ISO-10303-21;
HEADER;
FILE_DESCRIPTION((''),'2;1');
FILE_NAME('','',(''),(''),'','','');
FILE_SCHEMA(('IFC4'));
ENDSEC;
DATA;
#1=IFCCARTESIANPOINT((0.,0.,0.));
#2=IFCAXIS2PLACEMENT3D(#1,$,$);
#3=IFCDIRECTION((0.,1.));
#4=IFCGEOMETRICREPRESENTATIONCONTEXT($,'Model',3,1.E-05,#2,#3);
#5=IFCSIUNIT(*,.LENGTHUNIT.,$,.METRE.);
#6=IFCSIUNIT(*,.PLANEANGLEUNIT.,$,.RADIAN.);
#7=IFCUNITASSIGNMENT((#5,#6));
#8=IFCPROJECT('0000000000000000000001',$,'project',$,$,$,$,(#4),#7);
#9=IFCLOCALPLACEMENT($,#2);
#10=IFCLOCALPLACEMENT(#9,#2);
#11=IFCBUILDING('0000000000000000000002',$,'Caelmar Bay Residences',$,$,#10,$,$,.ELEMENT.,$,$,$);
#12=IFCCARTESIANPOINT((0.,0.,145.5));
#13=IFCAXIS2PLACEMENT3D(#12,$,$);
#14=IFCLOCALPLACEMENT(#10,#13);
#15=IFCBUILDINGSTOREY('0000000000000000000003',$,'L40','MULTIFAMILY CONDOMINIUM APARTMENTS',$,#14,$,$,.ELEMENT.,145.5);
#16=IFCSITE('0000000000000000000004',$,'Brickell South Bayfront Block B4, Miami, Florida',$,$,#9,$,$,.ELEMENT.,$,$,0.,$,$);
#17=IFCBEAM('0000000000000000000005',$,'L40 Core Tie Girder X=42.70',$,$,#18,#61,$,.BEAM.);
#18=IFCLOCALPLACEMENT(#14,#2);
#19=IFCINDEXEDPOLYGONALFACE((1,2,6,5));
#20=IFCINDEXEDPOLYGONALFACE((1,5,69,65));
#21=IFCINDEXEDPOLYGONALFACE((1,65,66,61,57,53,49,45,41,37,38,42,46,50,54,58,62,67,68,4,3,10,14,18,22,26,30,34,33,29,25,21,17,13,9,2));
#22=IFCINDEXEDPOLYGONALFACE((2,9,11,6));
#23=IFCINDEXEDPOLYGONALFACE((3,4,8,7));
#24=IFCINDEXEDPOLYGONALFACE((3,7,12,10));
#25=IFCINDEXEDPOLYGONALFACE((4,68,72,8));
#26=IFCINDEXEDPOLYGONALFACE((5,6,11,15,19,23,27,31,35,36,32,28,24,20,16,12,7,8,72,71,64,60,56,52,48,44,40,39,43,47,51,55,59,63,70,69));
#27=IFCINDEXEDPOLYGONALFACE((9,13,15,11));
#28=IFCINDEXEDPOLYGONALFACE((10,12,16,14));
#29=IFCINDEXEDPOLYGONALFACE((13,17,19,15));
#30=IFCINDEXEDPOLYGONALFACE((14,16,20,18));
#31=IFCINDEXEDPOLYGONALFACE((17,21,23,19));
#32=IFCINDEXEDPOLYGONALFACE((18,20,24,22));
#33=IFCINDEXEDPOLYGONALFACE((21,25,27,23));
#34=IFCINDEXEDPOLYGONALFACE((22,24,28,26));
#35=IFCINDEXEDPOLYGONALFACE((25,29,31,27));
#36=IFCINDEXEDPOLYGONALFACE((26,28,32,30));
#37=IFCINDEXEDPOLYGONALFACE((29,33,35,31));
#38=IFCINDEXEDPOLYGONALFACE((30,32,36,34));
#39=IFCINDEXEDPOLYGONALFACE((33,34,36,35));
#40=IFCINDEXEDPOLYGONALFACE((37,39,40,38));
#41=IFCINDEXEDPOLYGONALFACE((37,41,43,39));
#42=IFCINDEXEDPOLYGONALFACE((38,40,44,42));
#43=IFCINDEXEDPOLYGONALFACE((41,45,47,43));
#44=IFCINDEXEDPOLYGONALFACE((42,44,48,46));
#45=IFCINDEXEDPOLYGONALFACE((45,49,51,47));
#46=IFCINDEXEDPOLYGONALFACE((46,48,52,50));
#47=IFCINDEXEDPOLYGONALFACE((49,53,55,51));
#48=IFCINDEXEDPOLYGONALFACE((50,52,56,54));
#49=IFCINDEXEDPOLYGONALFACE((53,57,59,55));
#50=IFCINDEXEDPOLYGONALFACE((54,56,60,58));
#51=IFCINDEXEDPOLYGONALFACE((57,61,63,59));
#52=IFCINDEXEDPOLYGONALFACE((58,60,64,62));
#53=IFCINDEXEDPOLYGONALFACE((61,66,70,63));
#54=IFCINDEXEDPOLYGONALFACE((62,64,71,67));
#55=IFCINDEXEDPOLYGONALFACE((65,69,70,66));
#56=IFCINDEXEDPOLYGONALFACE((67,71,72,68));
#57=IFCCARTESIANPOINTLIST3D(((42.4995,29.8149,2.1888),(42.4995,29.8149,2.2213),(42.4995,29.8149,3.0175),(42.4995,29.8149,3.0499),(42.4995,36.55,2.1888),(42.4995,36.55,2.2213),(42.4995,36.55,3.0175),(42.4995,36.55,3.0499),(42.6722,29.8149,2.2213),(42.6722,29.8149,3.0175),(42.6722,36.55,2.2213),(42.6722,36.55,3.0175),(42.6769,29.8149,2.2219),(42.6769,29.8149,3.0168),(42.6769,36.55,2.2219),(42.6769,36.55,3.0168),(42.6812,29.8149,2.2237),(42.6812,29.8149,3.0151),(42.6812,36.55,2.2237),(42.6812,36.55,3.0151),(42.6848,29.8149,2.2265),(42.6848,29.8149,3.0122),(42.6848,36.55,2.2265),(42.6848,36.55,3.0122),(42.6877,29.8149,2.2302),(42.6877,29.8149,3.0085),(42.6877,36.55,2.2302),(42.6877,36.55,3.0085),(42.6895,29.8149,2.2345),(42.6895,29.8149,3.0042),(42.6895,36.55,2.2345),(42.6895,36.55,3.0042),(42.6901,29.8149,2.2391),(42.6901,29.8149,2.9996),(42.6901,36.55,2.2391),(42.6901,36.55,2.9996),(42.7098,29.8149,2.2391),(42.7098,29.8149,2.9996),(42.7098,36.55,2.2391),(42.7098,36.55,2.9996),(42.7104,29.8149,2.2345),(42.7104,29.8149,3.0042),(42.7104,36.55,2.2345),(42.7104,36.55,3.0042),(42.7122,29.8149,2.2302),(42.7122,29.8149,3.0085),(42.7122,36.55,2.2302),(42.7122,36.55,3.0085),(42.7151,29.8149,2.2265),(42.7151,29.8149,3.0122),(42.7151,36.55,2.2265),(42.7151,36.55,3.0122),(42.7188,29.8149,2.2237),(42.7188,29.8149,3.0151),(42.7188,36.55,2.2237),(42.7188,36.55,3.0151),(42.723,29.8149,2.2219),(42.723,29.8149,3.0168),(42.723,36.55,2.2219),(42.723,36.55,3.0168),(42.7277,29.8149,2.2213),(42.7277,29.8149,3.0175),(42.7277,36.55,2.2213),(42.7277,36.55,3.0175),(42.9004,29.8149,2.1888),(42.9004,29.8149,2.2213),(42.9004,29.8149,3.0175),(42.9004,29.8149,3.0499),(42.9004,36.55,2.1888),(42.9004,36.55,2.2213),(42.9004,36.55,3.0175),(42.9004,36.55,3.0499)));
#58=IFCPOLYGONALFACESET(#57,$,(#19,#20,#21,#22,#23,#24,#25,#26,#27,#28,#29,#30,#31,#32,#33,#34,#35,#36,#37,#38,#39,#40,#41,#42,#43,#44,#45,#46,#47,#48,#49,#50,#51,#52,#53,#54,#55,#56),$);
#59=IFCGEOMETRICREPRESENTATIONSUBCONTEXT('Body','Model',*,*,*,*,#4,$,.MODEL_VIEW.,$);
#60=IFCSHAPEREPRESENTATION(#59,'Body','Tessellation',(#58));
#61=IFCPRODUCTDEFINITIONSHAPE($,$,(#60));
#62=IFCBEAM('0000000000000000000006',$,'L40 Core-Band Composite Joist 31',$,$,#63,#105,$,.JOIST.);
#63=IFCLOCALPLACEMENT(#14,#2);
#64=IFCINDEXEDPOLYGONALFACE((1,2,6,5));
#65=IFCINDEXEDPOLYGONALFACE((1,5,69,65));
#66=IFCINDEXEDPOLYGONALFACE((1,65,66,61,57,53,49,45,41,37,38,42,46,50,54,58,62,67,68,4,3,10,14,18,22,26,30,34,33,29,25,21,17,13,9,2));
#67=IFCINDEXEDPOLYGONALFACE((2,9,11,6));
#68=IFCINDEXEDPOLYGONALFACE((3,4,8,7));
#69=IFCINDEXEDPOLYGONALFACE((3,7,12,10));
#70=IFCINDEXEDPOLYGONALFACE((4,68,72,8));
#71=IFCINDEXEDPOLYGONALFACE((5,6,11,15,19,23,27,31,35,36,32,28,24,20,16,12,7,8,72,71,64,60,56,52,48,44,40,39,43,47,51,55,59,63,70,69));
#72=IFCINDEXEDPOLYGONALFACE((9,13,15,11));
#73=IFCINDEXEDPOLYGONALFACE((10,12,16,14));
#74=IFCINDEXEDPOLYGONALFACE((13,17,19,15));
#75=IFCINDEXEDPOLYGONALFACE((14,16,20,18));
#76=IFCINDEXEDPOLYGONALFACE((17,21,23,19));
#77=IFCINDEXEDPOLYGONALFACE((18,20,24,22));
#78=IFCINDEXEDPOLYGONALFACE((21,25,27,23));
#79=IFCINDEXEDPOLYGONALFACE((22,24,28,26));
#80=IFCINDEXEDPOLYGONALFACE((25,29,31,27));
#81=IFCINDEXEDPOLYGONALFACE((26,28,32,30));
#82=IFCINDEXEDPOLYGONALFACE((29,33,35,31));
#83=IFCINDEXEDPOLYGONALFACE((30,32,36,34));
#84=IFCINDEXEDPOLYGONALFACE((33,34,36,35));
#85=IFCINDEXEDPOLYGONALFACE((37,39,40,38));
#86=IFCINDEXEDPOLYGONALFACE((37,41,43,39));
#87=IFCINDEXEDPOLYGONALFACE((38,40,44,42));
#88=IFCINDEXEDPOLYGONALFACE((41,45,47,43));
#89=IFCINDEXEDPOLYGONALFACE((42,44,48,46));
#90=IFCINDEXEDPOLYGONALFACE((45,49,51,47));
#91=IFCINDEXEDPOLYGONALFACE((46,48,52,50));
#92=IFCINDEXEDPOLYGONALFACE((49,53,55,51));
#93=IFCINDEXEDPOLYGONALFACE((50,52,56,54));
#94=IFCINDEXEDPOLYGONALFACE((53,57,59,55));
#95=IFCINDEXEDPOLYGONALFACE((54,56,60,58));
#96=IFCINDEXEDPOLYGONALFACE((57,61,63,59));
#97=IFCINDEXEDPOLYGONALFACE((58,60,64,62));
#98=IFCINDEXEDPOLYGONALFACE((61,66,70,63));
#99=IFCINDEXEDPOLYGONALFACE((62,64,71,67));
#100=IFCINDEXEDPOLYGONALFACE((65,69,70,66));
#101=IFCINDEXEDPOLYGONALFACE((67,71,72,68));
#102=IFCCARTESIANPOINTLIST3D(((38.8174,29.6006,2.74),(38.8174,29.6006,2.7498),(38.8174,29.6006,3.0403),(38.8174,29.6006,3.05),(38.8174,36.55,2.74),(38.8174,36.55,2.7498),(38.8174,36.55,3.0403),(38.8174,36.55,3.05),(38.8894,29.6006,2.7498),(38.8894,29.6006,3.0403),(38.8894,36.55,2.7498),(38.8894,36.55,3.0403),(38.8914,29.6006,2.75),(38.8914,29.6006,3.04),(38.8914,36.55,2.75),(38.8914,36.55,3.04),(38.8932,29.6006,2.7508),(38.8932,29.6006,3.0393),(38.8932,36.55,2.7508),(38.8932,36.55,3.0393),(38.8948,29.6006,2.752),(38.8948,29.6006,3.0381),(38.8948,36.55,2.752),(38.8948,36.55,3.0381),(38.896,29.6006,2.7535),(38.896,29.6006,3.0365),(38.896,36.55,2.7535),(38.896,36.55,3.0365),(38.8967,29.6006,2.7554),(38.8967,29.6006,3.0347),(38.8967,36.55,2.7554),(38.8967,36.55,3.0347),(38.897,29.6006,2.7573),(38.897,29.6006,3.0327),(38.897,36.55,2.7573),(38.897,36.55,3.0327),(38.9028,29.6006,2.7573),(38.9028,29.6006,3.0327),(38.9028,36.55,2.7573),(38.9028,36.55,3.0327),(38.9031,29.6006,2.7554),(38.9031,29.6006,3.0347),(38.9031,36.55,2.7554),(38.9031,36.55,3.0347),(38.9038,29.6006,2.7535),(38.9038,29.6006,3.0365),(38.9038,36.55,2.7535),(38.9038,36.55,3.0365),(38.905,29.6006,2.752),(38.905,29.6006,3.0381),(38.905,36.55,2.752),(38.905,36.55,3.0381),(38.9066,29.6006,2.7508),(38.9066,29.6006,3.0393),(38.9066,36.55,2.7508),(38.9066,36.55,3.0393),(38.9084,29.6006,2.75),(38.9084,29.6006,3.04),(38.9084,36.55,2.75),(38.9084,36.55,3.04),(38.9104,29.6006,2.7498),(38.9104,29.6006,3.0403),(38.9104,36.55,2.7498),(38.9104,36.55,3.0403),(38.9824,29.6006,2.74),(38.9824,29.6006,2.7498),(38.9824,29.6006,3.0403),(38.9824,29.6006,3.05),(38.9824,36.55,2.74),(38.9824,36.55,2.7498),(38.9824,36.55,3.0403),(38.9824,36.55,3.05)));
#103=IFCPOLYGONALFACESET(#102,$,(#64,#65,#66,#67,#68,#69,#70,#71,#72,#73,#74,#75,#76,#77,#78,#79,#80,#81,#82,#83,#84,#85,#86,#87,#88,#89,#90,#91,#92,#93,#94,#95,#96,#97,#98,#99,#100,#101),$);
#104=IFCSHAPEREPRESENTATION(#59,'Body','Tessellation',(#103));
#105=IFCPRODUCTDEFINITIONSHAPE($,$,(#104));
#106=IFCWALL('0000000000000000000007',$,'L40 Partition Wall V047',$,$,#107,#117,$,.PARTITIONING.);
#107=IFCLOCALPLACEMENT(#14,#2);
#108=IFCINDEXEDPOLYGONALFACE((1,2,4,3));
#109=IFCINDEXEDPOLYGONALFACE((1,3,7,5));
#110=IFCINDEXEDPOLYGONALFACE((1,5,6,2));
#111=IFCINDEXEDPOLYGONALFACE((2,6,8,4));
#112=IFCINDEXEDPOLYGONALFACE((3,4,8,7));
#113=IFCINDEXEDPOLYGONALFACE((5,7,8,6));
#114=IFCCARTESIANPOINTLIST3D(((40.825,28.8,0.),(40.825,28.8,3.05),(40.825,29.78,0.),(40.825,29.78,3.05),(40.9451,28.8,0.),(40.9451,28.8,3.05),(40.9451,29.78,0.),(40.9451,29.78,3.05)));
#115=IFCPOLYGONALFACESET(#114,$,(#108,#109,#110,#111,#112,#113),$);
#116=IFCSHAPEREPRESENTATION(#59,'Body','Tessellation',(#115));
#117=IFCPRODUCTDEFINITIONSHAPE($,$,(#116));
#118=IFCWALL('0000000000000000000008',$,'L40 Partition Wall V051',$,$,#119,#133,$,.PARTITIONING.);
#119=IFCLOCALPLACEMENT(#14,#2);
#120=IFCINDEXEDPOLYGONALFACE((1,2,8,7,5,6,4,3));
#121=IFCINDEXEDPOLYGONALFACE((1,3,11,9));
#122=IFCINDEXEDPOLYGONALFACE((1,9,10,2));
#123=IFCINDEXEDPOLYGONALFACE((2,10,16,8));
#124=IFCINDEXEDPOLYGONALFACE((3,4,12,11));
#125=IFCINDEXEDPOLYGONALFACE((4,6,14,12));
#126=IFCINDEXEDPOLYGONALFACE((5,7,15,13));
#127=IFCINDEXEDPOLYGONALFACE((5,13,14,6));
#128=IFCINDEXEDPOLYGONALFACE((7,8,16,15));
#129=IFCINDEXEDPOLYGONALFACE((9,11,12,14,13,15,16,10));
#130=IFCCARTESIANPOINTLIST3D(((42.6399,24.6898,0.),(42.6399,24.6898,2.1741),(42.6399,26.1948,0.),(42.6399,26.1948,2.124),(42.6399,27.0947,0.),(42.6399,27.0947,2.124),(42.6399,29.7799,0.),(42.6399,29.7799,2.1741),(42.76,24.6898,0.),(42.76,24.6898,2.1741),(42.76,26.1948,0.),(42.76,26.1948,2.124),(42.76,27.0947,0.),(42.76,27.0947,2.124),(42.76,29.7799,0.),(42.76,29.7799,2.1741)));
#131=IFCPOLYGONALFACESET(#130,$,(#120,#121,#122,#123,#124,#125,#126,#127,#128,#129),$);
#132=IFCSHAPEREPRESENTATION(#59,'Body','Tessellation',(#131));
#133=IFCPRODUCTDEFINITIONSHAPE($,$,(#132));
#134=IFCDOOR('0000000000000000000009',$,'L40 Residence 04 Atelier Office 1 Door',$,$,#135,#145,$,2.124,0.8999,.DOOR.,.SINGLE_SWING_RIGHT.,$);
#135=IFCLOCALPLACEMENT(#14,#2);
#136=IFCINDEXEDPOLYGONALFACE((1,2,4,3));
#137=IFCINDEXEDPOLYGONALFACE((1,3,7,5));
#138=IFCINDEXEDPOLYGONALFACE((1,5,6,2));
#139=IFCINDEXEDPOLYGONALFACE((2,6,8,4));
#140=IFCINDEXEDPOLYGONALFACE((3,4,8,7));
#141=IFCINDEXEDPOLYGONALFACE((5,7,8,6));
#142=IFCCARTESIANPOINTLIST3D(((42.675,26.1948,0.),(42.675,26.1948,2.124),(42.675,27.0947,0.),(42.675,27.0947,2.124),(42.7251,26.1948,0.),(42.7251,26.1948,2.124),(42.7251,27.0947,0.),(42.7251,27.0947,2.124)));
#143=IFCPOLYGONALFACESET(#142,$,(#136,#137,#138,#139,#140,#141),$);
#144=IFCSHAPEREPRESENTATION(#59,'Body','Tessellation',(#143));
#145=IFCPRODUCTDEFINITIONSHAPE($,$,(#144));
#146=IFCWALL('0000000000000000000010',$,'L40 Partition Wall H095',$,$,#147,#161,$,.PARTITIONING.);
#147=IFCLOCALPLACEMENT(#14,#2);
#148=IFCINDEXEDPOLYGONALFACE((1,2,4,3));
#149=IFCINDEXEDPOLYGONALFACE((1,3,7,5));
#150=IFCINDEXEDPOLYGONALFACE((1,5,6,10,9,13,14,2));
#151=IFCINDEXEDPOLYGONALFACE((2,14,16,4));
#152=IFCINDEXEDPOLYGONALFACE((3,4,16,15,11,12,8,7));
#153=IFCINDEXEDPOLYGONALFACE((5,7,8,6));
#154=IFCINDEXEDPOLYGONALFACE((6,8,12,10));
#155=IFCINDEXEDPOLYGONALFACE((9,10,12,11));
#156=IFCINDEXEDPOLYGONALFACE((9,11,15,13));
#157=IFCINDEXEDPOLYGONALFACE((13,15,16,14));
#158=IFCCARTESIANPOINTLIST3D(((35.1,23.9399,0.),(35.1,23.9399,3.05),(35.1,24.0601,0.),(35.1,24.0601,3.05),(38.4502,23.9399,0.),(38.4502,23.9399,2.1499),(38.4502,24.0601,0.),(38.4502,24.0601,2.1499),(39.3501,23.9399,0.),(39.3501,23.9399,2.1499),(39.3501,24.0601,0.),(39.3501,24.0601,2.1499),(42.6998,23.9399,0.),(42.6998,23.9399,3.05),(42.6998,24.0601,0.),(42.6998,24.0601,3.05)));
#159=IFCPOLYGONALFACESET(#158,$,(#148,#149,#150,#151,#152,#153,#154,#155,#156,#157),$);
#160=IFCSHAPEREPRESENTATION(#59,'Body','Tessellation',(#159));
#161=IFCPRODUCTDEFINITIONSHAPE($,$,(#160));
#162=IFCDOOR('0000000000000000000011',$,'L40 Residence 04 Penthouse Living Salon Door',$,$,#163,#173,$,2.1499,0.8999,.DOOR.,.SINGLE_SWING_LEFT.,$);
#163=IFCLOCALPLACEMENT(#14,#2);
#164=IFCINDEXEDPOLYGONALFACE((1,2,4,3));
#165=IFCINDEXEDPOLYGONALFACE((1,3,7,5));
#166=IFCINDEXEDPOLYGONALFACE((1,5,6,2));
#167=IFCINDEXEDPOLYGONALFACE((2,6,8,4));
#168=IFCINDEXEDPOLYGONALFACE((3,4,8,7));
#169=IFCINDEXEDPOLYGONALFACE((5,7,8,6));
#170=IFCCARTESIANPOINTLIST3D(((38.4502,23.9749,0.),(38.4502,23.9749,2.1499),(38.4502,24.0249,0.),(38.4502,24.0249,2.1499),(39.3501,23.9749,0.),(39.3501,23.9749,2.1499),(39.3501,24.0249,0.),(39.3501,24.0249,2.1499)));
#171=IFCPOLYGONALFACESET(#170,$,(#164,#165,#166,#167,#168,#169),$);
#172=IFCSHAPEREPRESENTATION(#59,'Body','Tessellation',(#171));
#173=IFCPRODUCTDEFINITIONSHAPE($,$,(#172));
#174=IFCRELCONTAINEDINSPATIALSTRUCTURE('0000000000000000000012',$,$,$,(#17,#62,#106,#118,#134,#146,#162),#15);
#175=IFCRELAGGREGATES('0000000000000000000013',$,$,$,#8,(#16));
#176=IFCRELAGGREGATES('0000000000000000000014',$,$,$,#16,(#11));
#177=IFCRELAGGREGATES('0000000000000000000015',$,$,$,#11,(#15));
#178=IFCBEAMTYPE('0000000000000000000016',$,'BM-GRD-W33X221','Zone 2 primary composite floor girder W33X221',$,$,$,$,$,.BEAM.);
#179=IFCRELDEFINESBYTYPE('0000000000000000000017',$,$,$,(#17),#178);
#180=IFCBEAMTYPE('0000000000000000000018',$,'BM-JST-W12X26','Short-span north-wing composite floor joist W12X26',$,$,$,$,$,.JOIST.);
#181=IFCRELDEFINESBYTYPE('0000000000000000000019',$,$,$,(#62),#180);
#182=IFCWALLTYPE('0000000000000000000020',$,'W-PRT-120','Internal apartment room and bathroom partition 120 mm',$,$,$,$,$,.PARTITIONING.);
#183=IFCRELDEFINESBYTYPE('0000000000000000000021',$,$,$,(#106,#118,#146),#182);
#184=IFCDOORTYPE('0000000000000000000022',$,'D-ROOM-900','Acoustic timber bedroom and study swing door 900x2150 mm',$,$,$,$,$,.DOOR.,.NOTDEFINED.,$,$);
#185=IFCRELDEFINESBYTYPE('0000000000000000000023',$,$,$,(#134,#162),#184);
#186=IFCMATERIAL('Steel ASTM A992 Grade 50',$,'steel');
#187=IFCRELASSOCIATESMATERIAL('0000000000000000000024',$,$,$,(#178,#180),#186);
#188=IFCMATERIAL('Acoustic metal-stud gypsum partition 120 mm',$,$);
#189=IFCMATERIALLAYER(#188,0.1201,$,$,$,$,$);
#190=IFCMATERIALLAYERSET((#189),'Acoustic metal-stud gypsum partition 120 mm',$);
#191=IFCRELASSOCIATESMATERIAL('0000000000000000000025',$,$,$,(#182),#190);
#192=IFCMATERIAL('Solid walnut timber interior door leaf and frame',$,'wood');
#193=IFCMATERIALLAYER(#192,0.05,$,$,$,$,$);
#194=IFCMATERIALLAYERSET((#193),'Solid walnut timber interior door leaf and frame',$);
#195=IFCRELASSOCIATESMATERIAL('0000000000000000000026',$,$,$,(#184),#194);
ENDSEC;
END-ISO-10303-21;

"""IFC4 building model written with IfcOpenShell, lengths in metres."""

from ifc_helpers import new_model, si_unit, direction, frame, frame_2d, origin, origin_2d, place, context, subcontext, project, spatial, rectangle, i_section, extrude, material, layer, layer_set, material_profile, profile_set, type_object, element, fill, save


model = new_model("IFC4")

# Units and contexts
model_context = context("Model", 3, precision=1e-05, world=origin(), true_north=direction((0.0, 1.0)))
body_context = subcontext(model_context, "Body", "Model", "MODEL_VIEW")
ifc_project = project(units=[si_unit("LENGTHUNIT", "METRE"), si_unit("PLANEANGLEUNIT", "RADIAN")], contexts=[model_context])

# Site, building, storey
site_placement = place(None, origin())
site = spatial("IfcSite", under=ifc_project, at=site_placement, Name="Brickell South Bayfront Block B4, Miami, Florida", CompositionType="ELEMENT", RefElevation=0.0)
building_placement = place(site_placement, origin())
building = spatial("IfcBuilding", under=site, at=building_placement, Name="Caelmar Bay Residences", CompositionType="ELEMENT")
storey_placement = place(building_placement, frame((0.0, 0.0, 145.5)))
storey = spatial("IfcBuildingStorey", under=building, at=storey_placement, Name="L40", Description="MULTIFAMILY CONDOMINIUM APARTMENTS", CompositionType="ELEMENT", Elevation=145.5)

# Beams
ifc_material_1 = material(Name="Steel ASTM A992 Grade 50", Category="steel")
ifc_material_profile_1 = material_profile(ifc_material_1, i_section(OverallWidth=0.4009, OverallDepth=0.8611, WebThickness=0.0198, FlangeThickness=0.0325, FilletRadius=0.0178, at=origin_2d()), Name="W33X221")
ifc_profile_set_1 = profile_set([ifc_material_profile_1], Name="Steel ASTM A992 Grade 50")
beam_type_1 = type_object("IfcBeamType", Name="BM-GRD-W33X221", Description="Zone 2 primary composite floor girder W33X221", PredefinedType="BEAM", material=ifc_profile_set_1)
for number, where, z_axis, x_axis, name in (
    (1, (42.7, 29.8149, 2.6194), (0.0, 1.0, 0.0), (-1.0, 0.0, 0.0), "L40 Core Tie Girder X=42.70"),
):
    element("IfcBeam", number, at=place(storey_placement, frame(where, z_axis=z_axis, x_axis=x_axis)), inside=storey, type_object=beam_type_1, Name=name, PredefinedType="BEAM", context=body_context, shape_type="SweptSolid", body=[
        extrude(i_section(OverallWidth=0.4009, OverallDepth=0.8611, WebThickness=0.0198, FlangeThickness=0.0325, FilletRadius=0.0178, at=origin_2d()), origin(), (0.0, 0.0, 1.0), 6.7351),
    ])
ifc_material_profile_2 = material_profile(ifc_material_1, i_section(OverallWidth=0.165, OverallDepth=0.3101, WebThickness=0.0059, FlangeThickness=0.0098, FilletRadius=0.0076, at=origin_2d()), Name="W12X26")
ifc_profile_set_2 = profile_set([ifc_material_profile_2], Name="Steel ASTM A992 Grade 50")
beam_type_2 = type_object("IfcBeamType", Name="BM-JST-W12X26", Description="Short-span north-wing composite floor joist W12X26", PredefinedType="JOIST", material=ifc_profile_set_2)
beam_1_placement = place(storey_placement, frame((38.8999, 29.6006, 2.895), z_axis=(0.0, 1.0, 0.0), x_axis=(-1.0, 0.0, 0.0)))
element("IfcBeam", 2, at=beam_1_placement, inside=storey, type_object=beam_type_2, Name="L40 Core-Band Composite Joist 31", PredefinedType="JOIST", context=body_context, shape_type="SweptSolid", body=[
    extrude(i_section(OverallWidth=0.165, OverallDepth=0.3101, WebThickness=0.0059, FlangeThickness=0.0098, FilletRadius=0.0076, at=origin_2d()), origin(), (0.0, 0.0, 1.0), 6.9495),
])

# Wall
ifc_material_2 = material(Name="Acoustic metal-stud gypsum partition 120 mm")
ifc_layer_1 = layer(ifc_material_2, 0.1201)
ifc_layer_set_1 = layer_set([ifc_layer_1], Name="Acoustic metal-stud gypsum partition 120 mm")
wall_type_1 = type_object("IfcWallType", Name="W-PRT-120", Description="Internal apartment room and bathroom partition 120 mm", PredefinedType="PARTITIONING", material=ifc_layer_set_1)
wall_1_placement = place(storey_placement, frame((40.885, 28.8, 0.0), z_axis=(0.0, 0.0, 1.0), x_axis=(0.0, 1.0, 0.0)))
element("IfcWall", 3, at=wall_1_placement, inside=storey, type_object=wall_type_1, Name="L40 Partition Wall V047", PredefinedType="PARTITIONING", context=body_context, shape_type="SweptSolid", body=[
    extrude(rectangle(XDim=0.98, YDim=0.1201, at=frame_2d((0.49, 0.0))), origin(), (0.0, 0.0, 1.0), 3.05),
])

# Walls, openings, doors
wall_2_placement = place(storey_placement, frame((42.7, 24.6899, 0.0), z_axis=(0.0, 0.0, 1.0), x_axis=(0.0, 1.0, 0.0)))
wall_2 = element("IfcWall", 4, at=wall_2_placement, inside=storey, type_object=wall_type_1, Name="L40 Partition Wall V051", PredefinedType="PARTITIONING", context=body_context, shape_type="SweptSolid", body=[
    extrude(rectangle(XDim=5.0901, YDim=0.1201, at=frame_2d((2.5449, 0.0))), origin(), (0.0, 0.0, 1.0), 2.1741),
])
opening_1_placement = place(wall_2_placement, frame((1.5049, 0.0, 0.0)))
opening_1 = element("IfcOpeningElement", 5, at=opening_1_placement, cuts=wall_2, PredefinedType="OPENING", context=body_context, shape_type="SweptSolid", body=[
    extrude(rectangle(XDim=0.8999, YDim=2.124, at=frame_2d((0.45, 1.062))), frame((0.0, 0.0701, 0.0), z_axis=(0.0, -1.0, 0.0), x_axis=(1.0, 0.0, 0.0)), (0.0, 0.0, 1.0), 0.1401),
])
ifc_material_3 = material(Name="Solid walnut timber interior door leaf and frame", Category="wood")
ifc_layer_2 = layer(ifc_material_3, 0.05)
ifc_layer_set_2 = layer_set([ifc_layer_2], Name="Solid walnut timber interior door leaf and frame")
door_type = type_object("IfcDoorType", Name="D-ROOM-900", Description="Acoustic timber bedroom and study swing door 900x2150 mm", OperationType="NOTDEFINED", PredefinedType="DOOR", material=ifc_layer_set_2)
door_1_placement = place(opening_1_placement, origin())
door_1 = element("IfcDoor", 6, at=door_1_placement, inside=storey, type_object=door_type, Name="L40 Residence 04 Atelier Office 1 Door", OperationType="SINGLE_SWING_RIGHT", OverallHeight=2.124, OverallWidth=0.8999, PredefinedType="DOOR", context=body_context, shape_type="SweptSolid", body=[
    extrude(rectangle(XDim=0.8999, YDim=2.124, at=frame_2d((0.45, 1.062))), frame((0.0, 0.0249, 0.0), z_axis=(0.0, -1.0, 0.0), x_axis=(1.0, 0.0, 0.0)), (0.0, 0.0, 1.0), 0.05),
])
fill(opening_1, door_1)
wall_3_placement = place(storey_placement, frame((35.1001, 24.0, 0.0), z_axis=(0.0, 0.0, 1.0), x_axis=(1.0, 0.0, 0.0)))
wall_3 = element("IfcWall", 7, at=wall_3_placement, inside=storey, type_object=wall_type_1, Name="L40 Partition Wall H095", PredefinedType="PARTITIONING", context=body_context, shape_type="SweptSolid", body=[
    extrude(rectangle(XDim=7.5999, YDim=0.1201, at=frame_2d((3.7998, 0.0))), origin(), (0.0, 0.0, 1.0), 3.05),
])
opening_2_placement = place(wall_3_placement, frame((3.3501, 0.0, 0.0)))
opening_2 = element("IfcOpeningElement", 8, at=opening_2_placement, cuts=wall_3, PredefinedType="OPENING", context=body_context, shape_type="SweptSolid", body=[
    extrude(rectangle(XDim=0.8999, YDim=2.1499, at=frame_2d((0.45, 1.075))), frame((0.0, 0.0701, 0.0), z_axis=(0.0, -1.0, 0.0), x_axis=(1.0, 0.0, 0.0)), (0.0, 0.0, 1.0), 0.1401),
])
door_2_placement = place(opening_2_placement, origin())
door_2 = element("IfcDoor", 9, at=door_2_placement, inside=storey, type_object=door_type, Name="L40 Residence 04 Penthouse Living Salon Door", OperationType="SINGLE_SWING_LEFT", OverallHeight=2.1499, OverallWidth=0.8999, PredefinedType="DOOR", context=body_context, shape_type="SweptSolid", body=[
    extrude(rectangle(XDim=0.8999, YDim=2.1499, at=frame_2d((0.45, 1.075))), frame((0.0, 0.0249, 0.0), z_axis=(0.0, -1.0, 0.0), x_axis=(1.0, 0.0, 0.0)), (0.0, 0.0, 1.0), 0.05),
])
fill(opening_2, door_2)

save(model, "model.ifc")
